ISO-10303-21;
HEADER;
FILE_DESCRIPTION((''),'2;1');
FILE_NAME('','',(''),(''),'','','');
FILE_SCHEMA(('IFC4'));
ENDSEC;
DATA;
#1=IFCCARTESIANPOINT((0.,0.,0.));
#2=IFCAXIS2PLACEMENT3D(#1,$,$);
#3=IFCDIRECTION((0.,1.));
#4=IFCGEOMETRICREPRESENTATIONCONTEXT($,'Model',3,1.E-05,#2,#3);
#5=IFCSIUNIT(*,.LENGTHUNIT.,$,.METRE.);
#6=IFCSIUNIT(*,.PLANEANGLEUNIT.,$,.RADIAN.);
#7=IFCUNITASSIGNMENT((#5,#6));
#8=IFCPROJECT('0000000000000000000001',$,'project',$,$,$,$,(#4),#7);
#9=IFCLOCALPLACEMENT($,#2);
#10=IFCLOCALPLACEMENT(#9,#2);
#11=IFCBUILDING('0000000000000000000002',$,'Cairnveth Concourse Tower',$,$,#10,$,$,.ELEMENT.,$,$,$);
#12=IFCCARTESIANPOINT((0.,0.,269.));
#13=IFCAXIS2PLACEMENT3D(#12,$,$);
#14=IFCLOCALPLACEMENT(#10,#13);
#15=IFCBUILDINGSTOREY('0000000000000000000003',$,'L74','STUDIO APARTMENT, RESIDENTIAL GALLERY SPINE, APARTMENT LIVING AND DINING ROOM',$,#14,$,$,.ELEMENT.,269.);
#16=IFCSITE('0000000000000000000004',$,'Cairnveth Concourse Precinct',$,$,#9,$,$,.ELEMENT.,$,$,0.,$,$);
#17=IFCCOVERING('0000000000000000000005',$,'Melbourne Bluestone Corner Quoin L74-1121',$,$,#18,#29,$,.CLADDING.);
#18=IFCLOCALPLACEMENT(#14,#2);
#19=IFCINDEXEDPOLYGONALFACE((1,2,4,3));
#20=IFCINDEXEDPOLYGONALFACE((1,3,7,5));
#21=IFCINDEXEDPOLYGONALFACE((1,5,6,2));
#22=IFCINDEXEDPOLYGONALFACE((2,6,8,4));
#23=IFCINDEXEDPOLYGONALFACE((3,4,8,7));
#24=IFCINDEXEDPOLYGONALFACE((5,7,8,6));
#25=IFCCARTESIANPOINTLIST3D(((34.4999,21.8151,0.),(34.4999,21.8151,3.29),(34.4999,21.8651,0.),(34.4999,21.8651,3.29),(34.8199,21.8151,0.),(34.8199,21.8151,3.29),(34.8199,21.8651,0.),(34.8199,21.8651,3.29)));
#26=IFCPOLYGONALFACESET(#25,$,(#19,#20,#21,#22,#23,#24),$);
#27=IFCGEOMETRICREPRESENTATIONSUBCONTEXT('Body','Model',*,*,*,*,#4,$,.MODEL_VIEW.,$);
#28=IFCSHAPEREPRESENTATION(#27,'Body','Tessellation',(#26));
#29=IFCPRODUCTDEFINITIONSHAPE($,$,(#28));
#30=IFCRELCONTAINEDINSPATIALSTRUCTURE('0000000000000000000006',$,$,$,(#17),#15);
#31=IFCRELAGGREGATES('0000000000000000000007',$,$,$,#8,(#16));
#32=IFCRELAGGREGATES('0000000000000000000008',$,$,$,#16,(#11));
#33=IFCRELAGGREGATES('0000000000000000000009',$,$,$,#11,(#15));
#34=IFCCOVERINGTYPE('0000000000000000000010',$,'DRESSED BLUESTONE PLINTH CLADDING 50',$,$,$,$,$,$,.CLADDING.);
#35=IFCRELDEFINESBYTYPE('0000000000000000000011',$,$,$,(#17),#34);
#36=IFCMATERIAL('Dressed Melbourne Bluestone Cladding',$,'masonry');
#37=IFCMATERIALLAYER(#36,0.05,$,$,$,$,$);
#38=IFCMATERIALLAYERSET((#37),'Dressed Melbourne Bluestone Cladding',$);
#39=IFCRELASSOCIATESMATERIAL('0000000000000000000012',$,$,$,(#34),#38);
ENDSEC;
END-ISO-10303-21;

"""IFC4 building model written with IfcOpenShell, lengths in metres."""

from ifc_helpers import new_model, si_unit, direction, frame, frame_2d, origin, place, context, subcontext, project, spatial, rectangle, extrude, material, layer, layer_set, type_object, element, save


model = new_model("IFC4")

# Units and contexts
model_context = context("Model", 3, precision=1e-05, world=origin(), true_north=direction((0.0, 1.0)))
body_context = subcontext(model_context, "Body", "Model", "MODEL_VIEW")
ifc_project = project(units=[si_unit("LENGTHUNIT", "METRE"), si_unit("PLANEANGLEUNIT", "RADIAN")], contexts=[model_context])

# Site, building, storey
site_placement = place(None, origin())
site = spatial("IfcSite", under=ifc_project, at=site_placement, Name="Cairnveth Concourse Precinct", CompositionType="ELEMENT", RefElevation=0.0)
building_placement = place(site_placement, origin())
building = spatial("IfcBuilding", under=site, at=building_placement, Name="Cairnveth Concourse Tower", CompositionType="ELEMENT")
storey_placement = place(building_placement, frame((0.0, 0.0, 269.0)))
storey = spatial("IfcBuildingStorey", under=building, at=storey_placement, Name="L74", Description="STUDIO APARTMENT, RESIDENTIAL GALLERY SPINE, APARTMENT LIVING AND DINING ROOM", CompositionType="ELEMENT", Elevation=269.0)

# Covering
ifc_material_1 = material(Name="Dressed Melbourne Bluestone Cladding", Category="masonry")
ifc_layer_1 = layer(ifc_material_1, 0.05)
ifc_layer_set_1 = layer_set([ifc_layer_1], Name="Dressed Melbourne Bluestone Cladding")
covering_type = type_object("IfcCoveringType", Name="DRESSED BLUESTONE PLINTH CLADDING 50", PredefinedType="CLADDING", material=ifc_layer_set_1)
covering_placement = place(storey_placement, frame((34.8201, 21.8401, 0.0), z_axis=(0.0, 0.0, 1.0), x_axis=(-1.0, 0.0, 0.0)))
element("IfcCovering", 1, at=covering_placement, inside=storey, type_object=covering_type, Name="Melbourne Bluestone Corner Quoin L74-1121", PredefinedType="CLADDING", context=body_context, shape_type="SweptSolid", body=[
    extrude(rectangle(XDim=0.3201, YDim=0.05, at=frame_2d((0.1602, 0.0))), origin(), (0.0, 0.0, 1.0), 3.29),
])

save(model, "model.ifc")
